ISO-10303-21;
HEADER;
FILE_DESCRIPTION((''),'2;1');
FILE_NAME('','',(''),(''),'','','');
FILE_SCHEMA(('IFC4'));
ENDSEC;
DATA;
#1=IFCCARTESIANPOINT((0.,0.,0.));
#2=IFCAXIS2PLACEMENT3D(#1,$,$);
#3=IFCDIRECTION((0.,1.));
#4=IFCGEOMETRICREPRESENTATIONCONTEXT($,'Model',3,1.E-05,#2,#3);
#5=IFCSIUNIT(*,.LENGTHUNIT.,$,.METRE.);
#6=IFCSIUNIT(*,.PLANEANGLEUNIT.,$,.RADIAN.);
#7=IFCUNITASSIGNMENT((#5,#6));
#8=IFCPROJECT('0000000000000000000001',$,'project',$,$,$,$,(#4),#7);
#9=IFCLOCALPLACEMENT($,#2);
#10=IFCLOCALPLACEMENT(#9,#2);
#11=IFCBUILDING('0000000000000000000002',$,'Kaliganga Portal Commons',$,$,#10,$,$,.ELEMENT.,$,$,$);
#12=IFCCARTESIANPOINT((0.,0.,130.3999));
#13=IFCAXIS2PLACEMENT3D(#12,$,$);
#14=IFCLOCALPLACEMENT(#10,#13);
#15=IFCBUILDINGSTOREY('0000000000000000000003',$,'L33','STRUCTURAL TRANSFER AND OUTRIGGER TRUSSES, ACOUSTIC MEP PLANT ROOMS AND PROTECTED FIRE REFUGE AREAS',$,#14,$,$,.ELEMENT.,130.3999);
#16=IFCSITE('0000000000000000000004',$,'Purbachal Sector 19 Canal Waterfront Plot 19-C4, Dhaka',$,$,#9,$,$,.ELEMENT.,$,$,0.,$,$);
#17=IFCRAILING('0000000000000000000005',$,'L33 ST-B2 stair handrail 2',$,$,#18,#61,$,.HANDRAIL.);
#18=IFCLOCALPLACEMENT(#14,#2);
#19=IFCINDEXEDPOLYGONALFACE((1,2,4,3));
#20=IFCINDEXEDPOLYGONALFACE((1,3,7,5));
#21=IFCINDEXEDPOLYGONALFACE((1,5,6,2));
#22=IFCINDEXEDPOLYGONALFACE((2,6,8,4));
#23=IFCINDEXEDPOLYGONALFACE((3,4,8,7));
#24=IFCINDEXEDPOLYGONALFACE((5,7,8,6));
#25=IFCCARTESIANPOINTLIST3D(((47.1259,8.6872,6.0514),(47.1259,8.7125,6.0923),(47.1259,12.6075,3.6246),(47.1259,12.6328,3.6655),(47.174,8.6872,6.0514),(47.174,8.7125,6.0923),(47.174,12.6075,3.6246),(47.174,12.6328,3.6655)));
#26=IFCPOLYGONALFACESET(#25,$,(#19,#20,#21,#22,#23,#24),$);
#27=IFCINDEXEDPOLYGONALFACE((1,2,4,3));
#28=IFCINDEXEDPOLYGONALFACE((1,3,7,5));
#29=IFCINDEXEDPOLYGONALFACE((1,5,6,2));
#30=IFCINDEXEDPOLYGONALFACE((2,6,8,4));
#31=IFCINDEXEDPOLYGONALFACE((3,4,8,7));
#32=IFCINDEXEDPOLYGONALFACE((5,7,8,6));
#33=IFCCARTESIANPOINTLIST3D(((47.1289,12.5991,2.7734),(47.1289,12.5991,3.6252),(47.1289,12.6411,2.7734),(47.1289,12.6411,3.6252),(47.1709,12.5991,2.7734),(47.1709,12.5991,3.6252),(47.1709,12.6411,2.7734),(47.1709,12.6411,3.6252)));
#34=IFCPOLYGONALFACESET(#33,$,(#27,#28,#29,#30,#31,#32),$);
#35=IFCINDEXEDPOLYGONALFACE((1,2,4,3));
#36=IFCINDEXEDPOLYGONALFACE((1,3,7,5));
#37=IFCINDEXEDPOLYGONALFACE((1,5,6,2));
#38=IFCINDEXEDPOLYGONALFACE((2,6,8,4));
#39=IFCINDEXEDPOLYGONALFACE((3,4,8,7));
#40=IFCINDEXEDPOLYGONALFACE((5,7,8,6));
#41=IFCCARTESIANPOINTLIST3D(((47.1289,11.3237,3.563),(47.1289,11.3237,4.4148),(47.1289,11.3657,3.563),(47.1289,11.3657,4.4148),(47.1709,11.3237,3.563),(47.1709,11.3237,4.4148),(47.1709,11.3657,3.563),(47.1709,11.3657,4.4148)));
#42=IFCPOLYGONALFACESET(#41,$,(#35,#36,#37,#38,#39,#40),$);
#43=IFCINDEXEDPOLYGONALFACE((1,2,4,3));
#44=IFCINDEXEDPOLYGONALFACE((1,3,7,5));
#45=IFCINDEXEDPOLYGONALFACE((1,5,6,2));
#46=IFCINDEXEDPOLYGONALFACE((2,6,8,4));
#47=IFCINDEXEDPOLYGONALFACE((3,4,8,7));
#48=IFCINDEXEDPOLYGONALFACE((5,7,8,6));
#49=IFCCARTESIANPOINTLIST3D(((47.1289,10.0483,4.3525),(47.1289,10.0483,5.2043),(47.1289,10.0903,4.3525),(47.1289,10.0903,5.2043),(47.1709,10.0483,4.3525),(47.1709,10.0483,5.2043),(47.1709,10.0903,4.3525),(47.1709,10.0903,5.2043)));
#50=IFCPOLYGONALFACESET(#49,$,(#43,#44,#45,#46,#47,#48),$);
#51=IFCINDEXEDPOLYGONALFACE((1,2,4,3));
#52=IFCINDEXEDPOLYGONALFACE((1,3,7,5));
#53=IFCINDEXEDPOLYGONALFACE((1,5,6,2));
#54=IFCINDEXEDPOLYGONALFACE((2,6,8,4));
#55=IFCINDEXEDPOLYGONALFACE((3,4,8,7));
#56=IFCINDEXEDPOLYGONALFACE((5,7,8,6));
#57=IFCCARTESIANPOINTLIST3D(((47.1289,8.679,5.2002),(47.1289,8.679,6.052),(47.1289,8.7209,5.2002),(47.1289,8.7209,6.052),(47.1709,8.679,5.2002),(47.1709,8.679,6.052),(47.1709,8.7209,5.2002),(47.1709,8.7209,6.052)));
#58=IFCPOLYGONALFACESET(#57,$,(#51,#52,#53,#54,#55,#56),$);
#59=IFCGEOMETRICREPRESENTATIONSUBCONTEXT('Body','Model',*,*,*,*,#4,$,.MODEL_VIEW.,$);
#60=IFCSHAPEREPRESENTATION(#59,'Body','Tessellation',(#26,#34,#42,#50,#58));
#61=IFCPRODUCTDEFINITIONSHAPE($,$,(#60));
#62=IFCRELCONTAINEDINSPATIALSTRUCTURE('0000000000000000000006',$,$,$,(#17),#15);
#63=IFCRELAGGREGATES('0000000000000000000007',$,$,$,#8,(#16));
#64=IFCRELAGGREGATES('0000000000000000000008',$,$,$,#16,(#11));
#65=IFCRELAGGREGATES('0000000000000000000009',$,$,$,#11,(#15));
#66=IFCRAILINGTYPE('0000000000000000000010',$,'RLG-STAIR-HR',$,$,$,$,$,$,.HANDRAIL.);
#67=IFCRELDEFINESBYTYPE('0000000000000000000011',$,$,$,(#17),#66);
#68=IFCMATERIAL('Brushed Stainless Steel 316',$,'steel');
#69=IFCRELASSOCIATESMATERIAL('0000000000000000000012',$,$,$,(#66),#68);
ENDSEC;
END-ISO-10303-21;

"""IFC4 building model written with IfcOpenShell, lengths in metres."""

from ifc_helpers import new_model, si_unit, direction, frame, origin, origin_2d, place, context, subcontext, project, spatial, rectangle, extrude, material, type_object, element, save


model = new_model("IFC4")

# Units and contexts
model_context = context("Model", 3, precision=1e-05, world=origin(), true_north=direction((0.0, 1.0)))
body_context = subcontext(model_context, "Body", "Model", "MODEL_VIEW")
ifc_project = project(units=[si_unit("LENGTHUNIT", "METRE"), si_unit("PLANEANGLEUNIT", "RADIAN")], contexts=[model_context])

# Site, building, storey
site_placement = place(None, origin())
site = spatial("IfcSite", under=ifc_project, at=site_placement, Name="Purbachal Sector 19 Canal Waterfront Plot 19-C4, Dhaka", CompositionType="ELEMENT", RefElevation=0.0)
building_placement = place(site_placement, origin())
building = spatial("IfcBuilding", under=site, at=building_placement, Name="Kaliganga Portal Commons", CompositionType="ELEMENT")
storey_placement = place(building_placement, frame((0.0, 0.0, 130.3999)))
storey = spatial("IfcBuildingStorey", under=building, at=storey_placement, Name="L33", Description="STRUCTURAL TRANSFER AND OUTRIGGER TRUSSES, ACOUSTIC MEP PLANT ROOMS AND PROTECTED FIRE REFUGE AREAS", CompositionType="ELEMENT", Elevation=130.3999)

# Railing
ifc_material_1 = material(Name="Brushed Stainless Steel 316", Category="steel")
railing_type_1 = type_object("IfcRailingType", Name="RLG-STAIR-HR", PredefinedType="HANDRAIL", material=ifc_material_1)
railing_1_placement = place(storey_placement, frame((47.1499, 12.6201, 2.7734)))
element("IfcRailing", 1, at=railing_1_placement, inside=storey, type_object=railing_type_1, Name="L33 ST-B2 stair handrail 2", PredefinedType="HANDRAIL", context=body_context, shape_type="SweptSolid", body=[
    extrude(rectangle(XDim=0.0481, YDim=0.0481, at=origin_2d()), frame((0.0, 0.0, 0.8716), z_axis=(0.0, -0.850266, 0.526353), x_axis=(1.0, 0.0, 0.0)), (0.0, 0.0, 1.0), 4.6106),
    extrude(rectangle(XDim=0.042, YDim=0.042, at=origin_2d()), origin(), (0.0, 0.0, 1.0), 0.8518),
    extrude(rectangle(XDim=0.042, YDim=0.042, at=origin_2d()), frame((0.0, -1.2754, 0.7896)), (0.0, 0.0, 1.0), 0.8518),
    extrude(rectangle(XDim=0.042, YDim=0.042, at=origin_2d()), frame((0.0, -2.5508, 1.5791)), (0.0, 0.0, 1.0), 0.8518),
    extrude(rectangle(XDim=0.042, YDim=0.042, at=origin_2d()), frame((0.0, -3.9202, 2.4268)), (0.0, 0.0, 1.0), 0.8518),
])

save(model, "model.ifc")
